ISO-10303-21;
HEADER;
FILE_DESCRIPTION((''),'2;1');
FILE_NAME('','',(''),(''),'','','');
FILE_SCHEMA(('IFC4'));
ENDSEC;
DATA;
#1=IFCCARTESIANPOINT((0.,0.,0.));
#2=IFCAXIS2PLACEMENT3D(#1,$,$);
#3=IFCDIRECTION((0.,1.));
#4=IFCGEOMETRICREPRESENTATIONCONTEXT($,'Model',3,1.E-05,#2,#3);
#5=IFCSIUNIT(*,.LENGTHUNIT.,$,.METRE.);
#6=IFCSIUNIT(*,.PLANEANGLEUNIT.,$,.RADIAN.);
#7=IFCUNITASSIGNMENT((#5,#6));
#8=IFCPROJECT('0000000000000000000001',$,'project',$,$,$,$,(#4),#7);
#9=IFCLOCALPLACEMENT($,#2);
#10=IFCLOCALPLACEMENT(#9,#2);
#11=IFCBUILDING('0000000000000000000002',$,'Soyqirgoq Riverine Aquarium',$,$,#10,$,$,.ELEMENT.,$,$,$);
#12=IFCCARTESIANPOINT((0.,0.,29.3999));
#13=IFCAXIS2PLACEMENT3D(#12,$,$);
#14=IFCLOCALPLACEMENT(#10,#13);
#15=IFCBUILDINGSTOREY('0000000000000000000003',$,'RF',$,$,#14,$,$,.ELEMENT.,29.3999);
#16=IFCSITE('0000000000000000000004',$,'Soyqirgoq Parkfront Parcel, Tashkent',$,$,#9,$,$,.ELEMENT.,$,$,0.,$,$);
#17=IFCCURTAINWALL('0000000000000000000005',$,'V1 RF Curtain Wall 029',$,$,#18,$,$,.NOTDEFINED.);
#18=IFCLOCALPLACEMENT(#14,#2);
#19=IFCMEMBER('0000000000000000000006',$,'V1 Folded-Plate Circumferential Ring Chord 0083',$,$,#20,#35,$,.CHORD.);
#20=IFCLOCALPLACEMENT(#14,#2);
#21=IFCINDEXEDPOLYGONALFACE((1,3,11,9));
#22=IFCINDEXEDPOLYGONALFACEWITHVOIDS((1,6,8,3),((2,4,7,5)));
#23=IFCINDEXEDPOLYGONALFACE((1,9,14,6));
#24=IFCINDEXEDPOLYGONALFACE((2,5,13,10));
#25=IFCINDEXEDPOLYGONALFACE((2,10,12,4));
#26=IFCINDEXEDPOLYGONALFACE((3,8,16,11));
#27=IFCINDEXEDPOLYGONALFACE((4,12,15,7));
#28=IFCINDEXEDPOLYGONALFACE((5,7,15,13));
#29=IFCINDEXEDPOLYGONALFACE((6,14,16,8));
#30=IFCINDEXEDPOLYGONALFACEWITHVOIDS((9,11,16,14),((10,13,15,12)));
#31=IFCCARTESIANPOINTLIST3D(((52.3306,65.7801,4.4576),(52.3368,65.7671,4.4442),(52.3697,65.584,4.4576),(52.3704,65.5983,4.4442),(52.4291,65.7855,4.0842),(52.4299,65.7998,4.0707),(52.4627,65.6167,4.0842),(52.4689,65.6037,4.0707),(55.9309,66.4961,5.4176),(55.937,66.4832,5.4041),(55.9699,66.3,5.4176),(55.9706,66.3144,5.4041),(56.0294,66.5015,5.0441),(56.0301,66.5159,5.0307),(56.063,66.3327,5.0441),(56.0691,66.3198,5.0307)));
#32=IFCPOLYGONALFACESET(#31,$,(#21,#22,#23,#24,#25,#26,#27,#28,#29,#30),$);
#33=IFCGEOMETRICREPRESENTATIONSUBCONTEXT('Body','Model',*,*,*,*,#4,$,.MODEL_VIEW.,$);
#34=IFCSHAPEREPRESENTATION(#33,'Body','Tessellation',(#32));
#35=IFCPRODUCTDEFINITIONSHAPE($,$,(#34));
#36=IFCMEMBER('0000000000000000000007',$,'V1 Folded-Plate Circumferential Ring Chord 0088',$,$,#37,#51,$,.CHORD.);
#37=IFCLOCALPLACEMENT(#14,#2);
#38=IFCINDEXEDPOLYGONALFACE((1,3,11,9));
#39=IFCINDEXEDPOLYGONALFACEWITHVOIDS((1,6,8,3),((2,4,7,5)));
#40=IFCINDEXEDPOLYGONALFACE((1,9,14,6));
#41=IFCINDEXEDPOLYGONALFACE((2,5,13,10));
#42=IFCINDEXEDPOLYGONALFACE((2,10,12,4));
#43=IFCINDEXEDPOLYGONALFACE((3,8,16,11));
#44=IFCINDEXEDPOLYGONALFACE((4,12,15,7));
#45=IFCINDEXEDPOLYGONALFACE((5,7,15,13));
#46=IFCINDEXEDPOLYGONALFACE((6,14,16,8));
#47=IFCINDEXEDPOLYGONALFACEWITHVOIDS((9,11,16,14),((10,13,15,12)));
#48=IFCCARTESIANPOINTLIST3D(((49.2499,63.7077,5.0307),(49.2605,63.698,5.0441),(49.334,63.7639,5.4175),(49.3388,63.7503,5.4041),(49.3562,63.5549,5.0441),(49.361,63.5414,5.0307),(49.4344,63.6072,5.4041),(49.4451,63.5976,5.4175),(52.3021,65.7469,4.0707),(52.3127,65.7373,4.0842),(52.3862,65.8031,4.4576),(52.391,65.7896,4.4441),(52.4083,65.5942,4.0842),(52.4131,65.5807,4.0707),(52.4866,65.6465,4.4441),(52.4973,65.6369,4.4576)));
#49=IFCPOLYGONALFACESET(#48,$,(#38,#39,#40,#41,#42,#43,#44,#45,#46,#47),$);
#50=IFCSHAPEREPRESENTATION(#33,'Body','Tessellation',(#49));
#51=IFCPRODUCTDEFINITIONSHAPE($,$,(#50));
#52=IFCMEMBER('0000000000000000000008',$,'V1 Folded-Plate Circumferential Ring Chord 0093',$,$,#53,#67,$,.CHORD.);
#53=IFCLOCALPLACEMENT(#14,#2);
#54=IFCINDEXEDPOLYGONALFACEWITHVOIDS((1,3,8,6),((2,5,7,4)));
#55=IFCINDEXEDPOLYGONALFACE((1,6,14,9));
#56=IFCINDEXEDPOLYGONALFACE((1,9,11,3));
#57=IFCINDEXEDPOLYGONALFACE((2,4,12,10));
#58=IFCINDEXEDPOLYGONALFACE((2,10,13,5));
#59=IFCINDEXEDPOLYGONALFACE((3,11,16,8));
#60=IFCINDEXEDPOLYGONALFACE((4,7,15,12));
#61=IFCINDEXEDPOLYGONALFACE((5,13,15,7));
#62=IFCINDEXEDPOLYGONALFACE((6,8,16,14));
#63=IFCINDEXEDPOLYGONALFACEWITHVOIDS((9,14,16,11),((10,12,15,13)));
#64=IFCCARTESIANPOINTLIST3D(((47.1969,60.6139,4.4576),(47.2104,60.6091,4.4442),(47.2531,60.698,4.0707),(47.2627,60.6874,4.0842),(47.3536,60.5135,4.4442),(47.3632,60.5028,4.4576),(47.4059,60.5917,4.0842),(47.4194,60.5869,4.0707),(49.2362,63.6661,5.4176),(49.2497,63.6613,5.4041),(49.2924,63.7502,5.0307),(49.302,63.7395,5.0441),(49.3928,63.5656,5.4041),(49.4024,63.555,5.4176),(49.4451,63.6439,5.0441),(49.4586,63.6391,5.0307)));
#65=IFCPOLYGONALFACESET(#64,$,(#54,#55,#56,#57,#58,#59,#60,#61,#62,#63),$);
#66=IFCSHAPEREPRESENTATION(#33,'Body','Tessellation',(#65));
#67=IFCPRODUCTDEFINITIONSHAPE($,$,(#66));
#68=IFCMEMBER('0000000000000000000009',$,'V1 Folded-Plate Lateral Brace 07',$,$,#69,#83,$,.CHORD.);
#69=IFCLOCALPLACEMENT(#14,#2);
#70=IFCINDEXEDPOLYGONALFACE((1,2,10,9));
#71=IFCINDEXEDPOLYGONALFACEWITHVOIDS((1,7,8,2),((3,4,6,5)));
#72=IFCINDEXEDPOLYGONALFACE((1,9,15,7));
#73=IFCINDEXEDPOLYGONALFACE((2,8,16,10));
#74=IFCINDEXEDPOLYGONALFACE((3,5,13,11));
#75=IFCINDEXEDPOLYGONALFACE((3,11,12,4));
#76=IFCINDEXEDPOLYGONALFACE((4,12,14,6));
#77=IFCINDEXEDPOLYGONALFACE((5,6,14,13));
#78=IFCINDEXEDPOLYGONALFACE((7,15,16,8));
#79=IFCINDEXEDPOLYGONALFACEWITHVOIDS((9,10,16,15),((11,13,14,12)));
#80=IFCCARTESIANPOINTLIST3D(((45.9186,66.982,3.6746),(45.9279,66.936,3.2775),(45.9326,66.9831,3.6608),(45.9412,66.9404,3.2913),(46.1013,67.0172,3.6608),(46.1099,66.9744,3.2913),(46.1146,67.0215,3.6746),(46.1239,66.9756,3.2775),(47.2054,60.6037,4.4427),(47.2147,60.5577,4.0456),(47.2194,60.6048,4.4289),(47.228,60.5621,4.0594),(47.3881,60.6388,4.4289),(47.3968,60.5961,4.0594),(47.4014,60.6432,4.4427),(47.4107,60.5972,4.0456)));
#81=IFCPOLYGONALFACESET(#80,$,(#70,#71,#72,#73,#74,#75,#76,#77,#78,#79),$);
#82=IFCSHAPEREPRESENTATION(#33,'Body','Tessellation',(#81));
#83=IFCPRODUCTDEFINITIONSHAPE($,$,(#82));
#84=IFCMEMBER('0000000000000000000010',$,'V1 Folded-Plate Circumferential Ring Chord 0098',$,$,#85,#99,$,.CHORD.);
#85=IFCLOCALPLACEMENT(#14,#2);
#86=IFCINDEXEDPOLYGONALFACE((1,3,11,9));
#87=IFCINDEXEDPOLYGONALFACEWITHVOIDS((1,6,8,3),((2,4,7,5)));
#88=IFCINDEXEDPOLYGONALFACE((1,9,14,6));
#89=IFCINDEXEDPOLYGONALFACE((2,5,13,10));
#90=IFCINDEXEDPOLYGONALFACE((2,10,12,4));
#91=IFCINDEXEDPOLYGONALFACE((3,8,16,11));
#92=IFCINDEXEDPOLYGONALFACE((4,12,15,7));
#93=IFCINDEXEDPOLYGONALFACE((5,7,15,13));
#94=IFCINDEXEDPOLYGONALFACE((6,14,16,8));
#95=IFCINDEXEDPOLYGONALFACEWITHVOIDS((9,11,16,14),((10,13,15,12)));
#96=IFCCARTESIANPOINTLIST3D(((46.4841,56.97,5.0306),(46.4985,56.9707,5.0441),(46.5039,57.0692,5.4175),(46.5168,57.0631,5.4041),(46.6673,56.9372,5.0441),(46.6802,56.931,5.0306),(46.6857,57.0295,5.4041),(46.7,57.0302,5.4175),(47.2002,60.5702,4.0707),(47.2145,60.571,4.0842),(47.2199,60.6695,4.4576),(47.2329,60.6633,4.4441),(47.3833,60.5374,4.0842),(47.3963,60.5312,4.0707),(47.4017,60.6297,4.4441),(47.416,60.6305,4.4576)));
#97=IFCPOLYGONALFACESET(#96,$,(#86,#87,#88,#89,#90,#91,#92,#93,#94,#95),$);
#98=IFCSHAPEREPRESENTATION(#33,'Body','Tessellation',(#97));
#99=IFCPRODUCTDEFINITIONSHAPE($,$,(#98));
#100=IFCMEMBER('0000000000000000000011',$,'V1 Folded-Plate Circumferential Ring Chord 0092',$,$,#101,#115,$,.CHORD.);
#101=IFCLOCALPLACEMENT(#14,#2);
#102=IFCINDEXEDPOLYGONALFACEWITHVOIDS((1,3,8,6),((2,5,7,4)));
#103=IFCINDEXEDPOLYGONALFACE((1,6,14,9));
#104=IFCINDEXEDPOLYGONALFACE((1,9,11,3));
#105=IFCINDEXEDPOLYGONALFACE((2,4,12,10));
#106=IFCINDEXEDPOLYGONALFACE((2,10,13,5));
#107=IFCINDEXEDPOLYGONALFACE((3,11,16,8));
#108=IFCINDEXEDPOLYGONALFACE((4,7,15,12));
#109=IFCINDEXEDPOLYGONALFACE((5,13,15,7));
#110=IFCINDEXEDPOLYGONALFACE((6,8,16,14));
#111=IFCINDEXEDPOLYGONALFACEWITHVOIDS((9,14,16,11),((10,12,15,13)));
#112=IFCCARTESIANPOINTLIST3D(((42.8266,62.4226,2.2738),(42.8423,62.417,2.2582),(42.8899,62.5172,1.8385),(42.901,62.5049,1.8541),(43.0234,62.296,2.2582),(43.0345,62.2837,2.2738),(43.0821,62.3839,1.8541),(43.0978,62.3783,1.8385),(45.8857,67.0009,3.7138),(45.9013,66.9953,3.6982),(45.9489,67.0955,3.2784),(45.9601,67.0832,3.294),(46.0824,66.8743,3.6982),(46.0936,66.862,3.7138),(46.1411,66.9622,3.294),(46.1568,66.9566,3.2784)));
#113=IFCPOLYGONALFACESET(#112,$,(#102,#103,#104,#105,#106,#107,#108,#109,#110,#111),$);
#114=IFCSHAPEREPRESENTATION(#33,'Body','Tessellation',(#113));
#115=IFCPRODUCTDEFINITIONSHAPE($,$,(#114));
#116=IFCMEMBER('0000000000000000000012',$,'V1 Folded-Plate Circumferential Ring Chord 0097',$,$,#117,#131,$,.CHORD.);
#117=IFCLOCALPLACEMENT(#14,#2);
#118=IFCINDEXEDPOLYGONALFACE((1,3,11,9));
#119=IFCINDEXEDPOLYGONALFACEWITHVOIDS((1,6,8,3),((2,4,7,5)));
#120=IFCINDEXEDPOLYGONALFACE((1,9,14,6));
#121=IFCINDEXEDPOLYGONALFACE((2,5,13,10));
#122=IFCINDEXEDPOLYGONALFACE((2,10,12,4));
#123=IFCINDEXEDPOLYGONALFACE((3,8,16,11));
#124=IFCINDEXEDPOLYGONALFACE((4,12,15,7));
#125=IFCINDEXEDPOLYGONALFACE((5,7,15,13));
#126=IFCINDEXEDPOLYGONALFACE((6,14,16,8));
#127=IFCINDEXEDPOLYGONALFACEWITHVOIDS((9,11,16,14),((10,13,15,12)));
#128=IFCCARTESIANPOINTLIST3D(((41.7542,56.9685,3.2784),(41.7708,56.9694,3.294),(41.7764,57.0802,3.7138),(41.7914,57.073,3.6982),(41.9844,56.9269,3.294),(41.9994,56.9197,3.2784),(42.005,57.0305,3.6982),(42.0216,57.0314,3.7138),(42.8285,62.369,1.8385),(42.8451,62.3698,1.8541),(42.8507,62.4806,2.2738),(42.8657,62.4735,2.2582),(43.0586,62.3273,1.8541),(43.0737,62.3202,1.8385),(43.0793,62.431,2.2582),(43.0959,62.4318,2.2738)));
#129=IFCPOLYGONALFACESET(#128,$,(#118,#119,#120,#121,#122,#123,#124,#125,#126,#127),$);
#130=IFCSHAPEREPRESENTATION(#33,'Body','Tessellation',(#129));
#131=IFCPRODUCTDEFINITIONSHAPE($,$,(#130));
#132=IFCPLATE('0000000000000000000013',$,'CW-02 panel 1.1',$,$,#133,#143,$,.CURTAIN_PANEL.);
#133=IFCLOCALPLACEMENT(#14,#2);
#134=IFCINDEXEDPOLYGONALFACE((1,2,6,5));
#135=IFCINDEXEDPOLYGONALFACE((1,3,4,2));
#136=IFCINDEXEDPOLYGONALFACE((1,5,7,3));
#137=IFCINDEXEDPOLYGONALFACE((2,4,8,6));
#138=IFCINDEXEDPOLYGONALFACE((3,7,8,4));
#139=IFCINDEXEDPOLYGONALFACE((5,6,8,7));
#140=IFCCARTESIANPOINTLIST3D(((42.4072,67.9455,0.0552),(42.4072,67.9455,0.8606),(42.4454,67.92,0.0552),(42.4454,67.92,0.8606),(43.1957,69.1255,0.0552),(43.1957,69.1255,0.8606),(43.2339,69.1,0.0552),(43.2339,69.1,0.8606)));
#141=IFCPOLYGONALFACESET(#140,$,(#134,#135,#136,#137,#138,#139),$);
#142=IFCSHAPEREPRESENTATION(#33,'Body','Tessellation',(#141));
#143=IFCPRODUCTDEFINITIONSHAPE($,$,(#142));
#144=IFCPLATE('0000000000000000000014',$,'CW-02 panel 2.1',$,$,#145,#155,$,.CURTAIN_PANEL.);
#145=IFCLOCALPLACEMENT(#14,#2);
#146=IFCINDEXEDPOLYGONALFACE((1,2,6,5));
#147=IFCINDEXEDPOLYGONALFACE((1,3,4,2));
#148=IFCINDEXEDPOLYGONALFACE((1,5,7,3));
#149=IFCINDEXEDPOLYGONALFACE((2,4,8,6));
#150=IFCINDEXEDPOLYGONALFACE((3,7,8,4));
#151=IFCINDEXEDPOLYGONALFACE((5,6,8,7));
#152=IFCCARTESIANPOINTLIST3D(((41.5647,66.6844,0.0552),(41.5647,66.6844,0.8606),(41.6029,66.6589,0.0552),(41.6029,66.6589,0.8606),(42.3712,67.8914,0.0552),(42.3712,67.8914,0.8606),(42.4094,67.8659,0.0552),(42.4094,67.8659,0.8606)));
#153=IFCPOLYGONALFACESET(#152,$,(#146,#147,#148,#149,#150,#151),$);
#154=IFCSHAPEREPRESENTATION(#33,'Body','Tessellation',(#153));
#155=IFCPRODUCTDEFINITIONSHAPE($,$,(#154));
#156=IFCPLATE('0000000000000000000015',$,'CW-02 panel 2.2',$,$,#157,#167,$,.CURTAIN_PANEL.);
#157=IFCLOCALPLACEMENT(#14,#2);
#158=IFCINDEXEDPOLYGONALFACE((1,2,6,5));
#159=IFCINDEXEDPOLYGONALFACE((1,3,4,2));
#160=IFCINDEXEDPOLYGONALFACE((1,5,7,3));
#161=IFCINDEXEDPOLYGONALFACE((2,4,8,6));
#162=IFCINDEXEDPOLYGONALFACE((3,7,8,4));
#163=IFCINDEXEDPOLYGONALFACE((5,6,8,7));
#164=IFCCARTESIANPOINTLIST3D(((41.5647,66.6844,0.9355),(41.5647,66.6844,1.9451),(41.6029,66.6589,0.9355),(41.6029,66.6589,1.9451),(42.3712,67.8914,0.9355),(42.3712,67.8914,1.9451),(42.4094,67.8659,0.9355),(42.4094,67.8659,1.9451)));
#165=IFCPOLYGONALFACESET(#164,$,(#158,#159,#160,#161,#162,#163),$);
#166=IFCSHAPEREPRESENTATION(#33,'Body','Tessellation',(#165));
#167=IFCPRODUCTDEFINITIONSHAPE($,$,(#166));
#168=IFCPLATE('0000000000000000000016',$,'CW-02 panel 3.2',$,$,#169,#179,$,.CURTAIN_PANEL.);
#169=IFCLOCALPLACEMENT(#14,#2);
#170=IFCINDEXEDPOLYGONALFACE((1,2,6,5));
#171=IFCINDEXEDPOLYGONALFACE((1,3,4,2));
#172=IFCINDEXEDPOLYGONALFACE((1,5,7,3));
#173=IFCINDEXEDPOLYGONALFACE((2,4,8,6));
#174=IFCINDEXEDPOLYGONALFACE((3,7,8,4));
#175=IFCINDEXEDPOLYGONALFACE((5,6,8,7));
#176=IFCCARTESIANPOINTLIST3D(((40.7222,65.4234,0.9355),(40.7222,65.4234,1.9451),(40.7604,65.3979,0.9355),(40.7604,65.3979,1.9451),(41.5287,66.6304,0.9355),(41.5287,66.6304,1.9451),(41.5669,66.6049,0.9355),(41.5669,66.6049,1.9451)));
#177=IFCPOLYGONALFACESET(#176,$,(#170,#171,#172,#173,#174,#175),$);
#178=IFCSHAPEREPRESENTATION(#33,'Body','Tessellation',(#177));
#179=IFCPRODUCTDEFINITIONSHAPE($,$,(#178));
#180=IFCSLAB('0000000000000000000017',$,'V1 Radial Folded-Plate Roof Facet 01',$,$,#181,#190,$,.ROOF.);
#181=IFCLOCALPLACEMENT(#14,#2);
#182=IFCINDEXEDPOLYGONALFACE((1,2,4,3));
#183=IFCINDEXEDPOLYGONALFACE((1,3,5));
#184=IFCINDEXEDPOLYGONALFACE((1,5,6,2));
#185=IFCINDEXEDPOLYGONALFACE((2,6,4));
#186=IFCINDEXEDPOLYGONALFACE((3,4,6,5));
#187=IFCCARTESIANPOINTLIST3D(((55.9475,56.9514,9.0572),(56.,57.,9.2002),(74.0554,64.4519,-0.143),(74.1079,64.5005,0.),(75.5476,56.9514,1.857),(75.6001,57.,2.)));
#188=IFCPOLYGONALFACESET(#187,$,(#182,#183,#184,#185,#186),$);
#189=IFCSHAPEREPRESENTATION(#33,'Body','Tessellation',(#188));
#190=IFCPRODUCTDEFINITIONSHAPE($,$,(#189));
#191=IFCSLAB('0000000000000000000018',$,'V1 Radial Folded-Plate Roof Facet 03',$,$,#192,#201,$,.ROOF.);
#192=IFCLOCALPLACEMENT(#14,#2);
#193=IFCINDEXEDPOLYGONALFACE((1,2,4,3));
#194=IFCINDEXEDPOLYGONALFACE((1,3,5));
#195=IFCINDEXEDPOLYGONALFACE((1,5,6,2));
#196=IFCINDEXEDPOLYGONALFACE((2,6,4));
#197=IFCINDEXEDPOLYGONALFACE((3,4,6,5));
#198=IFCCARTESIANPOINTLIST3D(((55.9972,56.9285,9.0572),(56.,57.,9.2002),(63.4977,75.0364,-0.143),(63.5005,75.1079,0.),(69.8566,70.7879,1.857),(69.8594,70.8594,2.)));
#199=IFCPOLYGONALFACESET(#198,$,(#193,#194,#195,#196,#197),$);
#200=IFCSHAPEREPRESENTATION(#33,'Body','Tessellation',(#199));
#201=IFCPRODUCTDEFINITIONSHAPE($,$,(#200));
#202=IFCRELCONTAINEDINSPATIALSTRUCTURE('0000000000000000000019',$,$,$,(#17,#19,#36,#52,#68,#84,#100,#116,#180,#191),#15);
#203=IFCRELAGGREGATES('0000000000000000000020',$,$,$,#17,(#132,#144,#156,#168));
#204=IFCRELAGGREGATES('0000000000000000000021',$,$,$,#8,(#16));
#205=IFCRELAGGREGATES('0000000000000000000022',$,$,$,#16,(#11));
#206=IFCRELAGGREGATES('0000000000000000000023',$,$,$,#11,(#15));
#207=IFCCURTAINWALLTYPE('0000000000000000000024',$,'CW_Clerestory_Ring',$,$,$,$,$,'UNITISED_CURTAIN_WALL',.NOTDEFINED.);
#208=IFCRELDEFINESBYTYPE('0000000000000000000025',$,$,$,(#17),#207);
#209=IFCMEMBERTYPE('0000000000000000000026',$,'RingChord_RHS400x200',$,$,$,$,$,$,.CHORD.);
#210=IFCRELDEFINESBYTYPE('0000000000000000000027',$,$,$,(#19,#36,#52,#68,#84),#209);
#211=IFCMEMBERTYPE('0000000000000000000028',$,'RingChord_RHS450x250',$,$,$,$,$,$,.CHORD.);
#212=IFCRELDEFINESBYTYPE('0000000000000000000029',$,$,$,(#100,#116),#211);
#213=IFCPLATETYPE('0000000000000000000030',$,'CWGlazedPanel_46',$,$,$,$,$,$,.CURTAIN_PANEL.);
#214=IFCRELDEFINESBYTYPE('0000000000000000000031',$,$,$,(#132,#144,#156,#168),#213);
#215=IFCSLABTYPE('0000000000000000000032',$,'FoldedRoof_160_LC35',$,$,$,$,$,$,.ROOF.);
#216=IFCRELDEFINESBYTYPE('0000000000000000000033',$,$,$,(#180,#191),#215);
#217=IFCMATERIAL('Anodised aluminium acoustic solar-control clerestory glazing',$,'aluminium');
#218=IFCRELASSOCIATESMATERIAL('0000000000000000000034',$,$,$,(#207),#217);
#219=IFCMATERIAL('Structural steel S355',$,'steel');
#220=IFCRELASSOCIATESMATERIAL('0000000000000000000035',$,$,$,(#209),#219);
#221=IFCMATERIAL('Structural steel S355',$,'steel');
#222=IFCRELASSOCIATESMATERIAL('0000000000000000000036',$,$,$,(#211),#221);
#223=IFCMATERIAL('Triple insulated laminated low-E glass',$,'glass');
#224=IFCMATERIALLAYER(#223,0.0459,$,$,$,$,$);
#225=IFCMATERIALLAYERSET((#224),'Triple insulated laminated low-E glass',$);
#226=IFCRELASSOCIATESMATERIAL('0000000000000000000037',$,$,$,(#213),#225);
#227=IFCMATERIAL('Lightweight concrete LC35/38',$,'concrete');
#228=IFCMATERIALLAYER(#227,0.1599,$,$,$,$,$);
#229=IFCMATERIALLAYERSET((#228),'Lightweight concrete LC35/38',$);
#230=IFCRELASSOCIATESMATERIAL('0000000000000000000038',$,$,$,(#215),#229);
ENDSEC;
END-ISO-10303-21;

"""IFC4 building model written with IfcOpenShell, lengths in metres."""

from ifc_helpers import new_model, si_unit, direction, frame, origin, origin_2d, place, context, subcontext, project, spatial, polyline, rectangle, hollow_rectangle, outline, extrude, material, layer, layer_set, material_profile, profile_set, type_object, element, aggregate, save


model = new_model("IFC4")

# Units and contexts
model_context = context("Model", 3, precision=1e-05, world=origin(), true_north=direction((0.0, 1.0)))
body_context = subcontext(model_context, "Body", "Model", "MODEL_VIEW")
ifc_project = project(units=[si_unit("LENGTHUNIT", "METRE"), si_unit("PLANEANGLEUNIT", "RADIAN")], contexts=[model_context])

# Site, building, storey
site_placement = place(None, origin())
site = spatial("IfcSite", under=ifc_project, at=site_placement, Name="Soyqirgoq Parkfront Parcel, Tashkent", CompositionType="ELEMENT", RefElevation=0.0)
building_placement = place(site_placement, origin())
building = spatial("IfcBuilding", under=site, at=building_placement, Name="Soyqirgoq Riverine Aquarium", CompositionType="ELEMENT")
storey_placement = place(building_placement, frame((0.0, 0.0, 29.3999)))
storey = spatial("IfcBuildingStorey", under=building, at=storey_placement, Name="RF", CompositionType="ELEMENT", Elevation=29.3999)

# Curtain wall
ifc_material_1 = material(Name="Anodised aluminium acoustic solar-control clerestory glazing", Category="aluminium")
curtain_wall_type = type_object("IfcCurtainWallType", Name="CW_Clerestory_Ring", ElementType="UNITISED_CURTAIN_WALL", PredefinedType="NOTDEFINED", material=ifc_material_1)
curtain_wall_placement = place(storey_placement, origin())
curtain_wall = element("IfcCurtainWall", 1, at=curtain_wall_placement, inside=storey, type_object=curtain_wall_type, Name="V1 RF Curtain Wall 029", PredefinedType="NOTDEFINED")

# Members
ifc_material_2 = material(Name="Structural steel S355", Category="steel")
ifc_material_profile_1 = material_profile(ifc_material_2, hollow_rectangle(XDim=0.2, YDim=0.3999, WallThickness=0.0139, at=origin_2d()), Name="RHS 400x200x14")
ifc_profile_set_1 = profile_set([ifc_material_profile_1], Name="Structural steel S355")
member_type_1 = type_object("IfcMemberType", Name="RingChord_RHS400x200", PredefinedType="CHORD", material=ifc_profile_set_1)
for number, where, z_axis, x_axis, name in (
    (2, (56.0, 66.408, 5.2241), (-0.948881, -0.188721, -0.253001), (0.195067, -0.98079, 0.0), "V1 Folded-Plate Circumferential Ring Chord 0083"),
    (3, (52.3997, 65.6919, 4.2642), (-0.804435, -0.53747, 0.253003), (0.555544, -0.831487, 0.0), "V1 Folded-Plate Circumferential Ring Chord 0088"),
    (4, (49.3474, 63.6526, 5.2241), (-0.53747, -0.804435, -0.253003), (0.831487, -0.555544, 0.0), "V1 Folded-Plate Circumferential Ring Chord 0093"),
):
    element("IfcMember", number, at=place(storey_placement, frame(where, z_axis=z_axis, x_axis=x_axis)), inside=storey, type_object=member_type_1, Name=name, PredefinedType="CHORD", context=body_context, shape_type="SweptSolid", body=[
        extrude(hollow_rectangle(XDim=0.2, YDim=0.3999, WallThickness=0.0139, at=origin_2d()), origin(), (0.0, 0.0, 1.0), 3.7942),
    ])
member_1_placement = place(storey_placement, frame((46.0212, 66.9788, 3.4761), z_axis=(0.196405, -0.97349, 0.117224), x_axis=(0.980249, 0.197768, 0.0)))
element("IfcMember", 5, at=member_1_placement, inside=storey, type_object=member_type_1, Name="V1 Folded-Plate Lateral Brace 07", PredefinedType="CHORD", context=body_context, shape_type="SweptSolid", body=[
    extrude(hollow_rectangle(XDim=0.2, YDim=0.3999, WallThickness=0.0139, at=origin_2d()), origin(), (0.0, 0.0, 1.0), 6.552),
])
member_2_placement = place(storey_placement, frame((47.3081, 60.6003, 4.2642), z_axis=(-0.188721, -0.948881, 0.253001), x_axis=(0.98079, -0.195067, 0.0)))
element("IfcMember", 6, at=member_2_placement, inside=storey, type_object=member_type_1, Name="V1 Folded-Plate Circumferential Ring Chord 0098", PredefinedType="CHORD", context=body_context, shape_type="SweptSolid", body=[
    extrude(hollow_rectangle(XDim=0.2, YDim=0.3999, WallThickness=0.0139, at=origin_2d()), origin(), (0.0, 0.0, 1.0), 3.7942),
])
ifc_material_3 = material(Name="Structural steel S355", Category="steel")
ifc_material_profile_2 = material_profile(ifc_material_3, hollow_rectangle(XDim=0.25, YDim=0.45, WallThickness=0.0161, at=origin_2d()), Name="RHS 450x250x16")
ifc_profile_set_2 = profile_set([ifc_material_profile_2], Name="Structural steel S355")
member_type_2 = type_object("IfcMemberType", Name="RingChord_RHS450x250", PredefinedType="CHORD", material=ifc_profile_set_2)
for number, where, z_axis, x_axis, name in (
    (7, (46.0212, 66.9788, 3.4961), (-0.537485, -0.804426, -0.253), (0.831477, -0.555559, 0.0), "V1 Folded-Plate Circumferential Ring Chord 0092"),
    (8, (42.9622, 62.4004, 2.0562), (-0.188745, -0.948875, 0.253005), (0.980785, -0.195093, 0.0), "V1 Folded-Plate Circumferential Ring Chord 0097"),
):
    element("IfcMember", number, at=place(storey_placement, frame(where, z_axis=z_axis, x_axis=x_axis)), inside=storey, type_object=member_type_2, Name=name, PredefinedType="CHORD", context=body_context, shape_type="SweptSolid", body=[
        extrude(hollow_rectangle(XDim=0.25, YDim=0.45, WallThickness=0.0161, at=origin_2d()), origin(), (0.0, 0.0, 1.0), 5.6914),
    ])

# Plates
ifc_material_4 = material(Name="Triple insulated laminated low-E glass", Category="glass")
ifc_layer_1 = layer(ifc_material_4, 0.0459)
ifc_layer_set_1 = layer_set([ifc_layer_1], Name="Triple insulated laminated low-E glass")
plate_type_1 = type_object("IfcPlateType", Name="CWGlazedPanel_46", PredefinedType="CURTAIN_PANEL", material=ifc_layer_set_1)
plate_1_placement = place(storey_placement, frame((42.8206, 68.5227, 0.0552), z_axis=(0.0, 0.0, 1.0), x_axis=(-0.555579, -0.831464, 0.0)))
plate_1 = element("IfcPlate", 9, at=plate_1_placement, type_object=plate_type_1, Name="CW-02 panel 1.1", PredefinedType="CURTAIN_PANEL", context=body_context, shape_type="SweptSolid", body=[
    extrude(rectangle(XDim=1.4192, YDim=0.0459, at=origin_2d()), origin(), (0.0, 0.0, 1.0), 0.8054),
])
plate_2_placement = place(storey_placement, frame((41.9871, 67.2751, 0.0552), z_axis=(0.0, 0.0, 1.0), x_axis=(-0.555579, -0.831464, 0.0)))
plate_2 = element("IfcPlate", 10, at=plate_2_placement, type_object=plate_type_1, Name="CW-02 panel 2.1", PredefinedType="CURTAIN_PANEL", context=body_context, shape_type="SweptSolid", body=[
    extrude(rectangle(XDim=1.4517, YDim=0.0459, at=origin_2d()), origin(), (0.0, 0.0, 1.0), 0.8054),
])
plate_3_placement = place(storey_placement, frame((41.9871, 67.2751, 0.9355), z_axis=(0.0, 0.0, 1.0), x_axis=(-0.555579, -0.831464, 0.0)))
plate_3 = element("IfcPlate", 11, at=plate_3_placement, type_object=plate_type_1, Name="CW-02 panel 2.2", PredefinedType="CURTAIN_PANEL", context=body_context, shape_type="SweptSolid", body=[
    extrude(rectangle(XDim=1.4517, YDim=0.0459, at=origin_2d()), origin(), (0.0, 0.0, 1.0), 1.0095),
])
plate_4_placement = place(storey_placement, frame((41.1445, 66.0142, 0.9355), z_axis=(0.0, 0.0, 1.0), x_axis=(-0.555579, -0.831464, 0.0)))
plate_4 = element("IfcPlate", 12, at=plate_4_placement, type_object=plate_type_1, Name="CW-02 panel 3.2", PredefinedType="CURTAIN_PANEL", context=body_context, shape_type="SweptSolid", body=[
    extrude(rectangle(XDim=1.4517, YDim=0.0459, at=origin_2d()), origin(), (0.0, 0.0, 1.0), 1.0095),
])
aggregate(curtain_wall, [plate_1, plate_2, plate_3, plate_4])

# Slabs
ifc_material_5 = material(Name="Lightweight concrete LC35/38", Category="concrete")
ifc_layer_2 = layer(ifc_material_5, 0.1599)
ifc_layer_set_2 = layer_set([ifc_layer_2], Name="Lightweight concrete LC35/38")
slab_type_1 = type_object("IfcSlabType", Name="FoldedRoof_160_LC35", PredefinedType="ROOF", material=ifc_layer_set_2)
slab_1_placement = place(storey_placement, frame((56.0, 57.0, 9.2002), z_axis=(0.328524, 0.303822, 0.894295), x_axis=(0.938667, 0.0, -0.344824)))
element("IfcSlab", 13, at=slab_1_placement, inside=storey, type_object=slab_type_1, Name="V1 Radial Folded-Plate Roof Facet 01", PredefinedType="ROOF", context=body_context, shape_type="SweptSolid", body=[
    extrude(outline(polyline([(0.0, 0.0), (20.8808, 0.0), (20.1698, 7.8726), (0.0, 0.0)])), origin(), (0.0, 0.0, -1.0), 0.1599),
])
slab_2_placement = place(storey_placement, frame((56.0, 57.0, 9.2002), z_axis=(0.017468, 0.447135, 0.894296), x_axis=(0.663738, 0.663738, -0.344824)))
element("IfcSlab", 14, at=slab_2_placement, inside=storey, type_object=slab_type_1, Name="V1 Radial Folded-Plate Roof Facet 03", PredefinedType="ROOF", context=body_context, shape_type="SweptSolid", body=[
    extrude(outline(polyline([(0.0, 0.0), (20.8808, 0.0), (20.1697, 7.8727), (0.0, 0.0)])), origin(), (0.0, 0.0, -1.0), 0.1599),
])

save(model, "model.ifc")
